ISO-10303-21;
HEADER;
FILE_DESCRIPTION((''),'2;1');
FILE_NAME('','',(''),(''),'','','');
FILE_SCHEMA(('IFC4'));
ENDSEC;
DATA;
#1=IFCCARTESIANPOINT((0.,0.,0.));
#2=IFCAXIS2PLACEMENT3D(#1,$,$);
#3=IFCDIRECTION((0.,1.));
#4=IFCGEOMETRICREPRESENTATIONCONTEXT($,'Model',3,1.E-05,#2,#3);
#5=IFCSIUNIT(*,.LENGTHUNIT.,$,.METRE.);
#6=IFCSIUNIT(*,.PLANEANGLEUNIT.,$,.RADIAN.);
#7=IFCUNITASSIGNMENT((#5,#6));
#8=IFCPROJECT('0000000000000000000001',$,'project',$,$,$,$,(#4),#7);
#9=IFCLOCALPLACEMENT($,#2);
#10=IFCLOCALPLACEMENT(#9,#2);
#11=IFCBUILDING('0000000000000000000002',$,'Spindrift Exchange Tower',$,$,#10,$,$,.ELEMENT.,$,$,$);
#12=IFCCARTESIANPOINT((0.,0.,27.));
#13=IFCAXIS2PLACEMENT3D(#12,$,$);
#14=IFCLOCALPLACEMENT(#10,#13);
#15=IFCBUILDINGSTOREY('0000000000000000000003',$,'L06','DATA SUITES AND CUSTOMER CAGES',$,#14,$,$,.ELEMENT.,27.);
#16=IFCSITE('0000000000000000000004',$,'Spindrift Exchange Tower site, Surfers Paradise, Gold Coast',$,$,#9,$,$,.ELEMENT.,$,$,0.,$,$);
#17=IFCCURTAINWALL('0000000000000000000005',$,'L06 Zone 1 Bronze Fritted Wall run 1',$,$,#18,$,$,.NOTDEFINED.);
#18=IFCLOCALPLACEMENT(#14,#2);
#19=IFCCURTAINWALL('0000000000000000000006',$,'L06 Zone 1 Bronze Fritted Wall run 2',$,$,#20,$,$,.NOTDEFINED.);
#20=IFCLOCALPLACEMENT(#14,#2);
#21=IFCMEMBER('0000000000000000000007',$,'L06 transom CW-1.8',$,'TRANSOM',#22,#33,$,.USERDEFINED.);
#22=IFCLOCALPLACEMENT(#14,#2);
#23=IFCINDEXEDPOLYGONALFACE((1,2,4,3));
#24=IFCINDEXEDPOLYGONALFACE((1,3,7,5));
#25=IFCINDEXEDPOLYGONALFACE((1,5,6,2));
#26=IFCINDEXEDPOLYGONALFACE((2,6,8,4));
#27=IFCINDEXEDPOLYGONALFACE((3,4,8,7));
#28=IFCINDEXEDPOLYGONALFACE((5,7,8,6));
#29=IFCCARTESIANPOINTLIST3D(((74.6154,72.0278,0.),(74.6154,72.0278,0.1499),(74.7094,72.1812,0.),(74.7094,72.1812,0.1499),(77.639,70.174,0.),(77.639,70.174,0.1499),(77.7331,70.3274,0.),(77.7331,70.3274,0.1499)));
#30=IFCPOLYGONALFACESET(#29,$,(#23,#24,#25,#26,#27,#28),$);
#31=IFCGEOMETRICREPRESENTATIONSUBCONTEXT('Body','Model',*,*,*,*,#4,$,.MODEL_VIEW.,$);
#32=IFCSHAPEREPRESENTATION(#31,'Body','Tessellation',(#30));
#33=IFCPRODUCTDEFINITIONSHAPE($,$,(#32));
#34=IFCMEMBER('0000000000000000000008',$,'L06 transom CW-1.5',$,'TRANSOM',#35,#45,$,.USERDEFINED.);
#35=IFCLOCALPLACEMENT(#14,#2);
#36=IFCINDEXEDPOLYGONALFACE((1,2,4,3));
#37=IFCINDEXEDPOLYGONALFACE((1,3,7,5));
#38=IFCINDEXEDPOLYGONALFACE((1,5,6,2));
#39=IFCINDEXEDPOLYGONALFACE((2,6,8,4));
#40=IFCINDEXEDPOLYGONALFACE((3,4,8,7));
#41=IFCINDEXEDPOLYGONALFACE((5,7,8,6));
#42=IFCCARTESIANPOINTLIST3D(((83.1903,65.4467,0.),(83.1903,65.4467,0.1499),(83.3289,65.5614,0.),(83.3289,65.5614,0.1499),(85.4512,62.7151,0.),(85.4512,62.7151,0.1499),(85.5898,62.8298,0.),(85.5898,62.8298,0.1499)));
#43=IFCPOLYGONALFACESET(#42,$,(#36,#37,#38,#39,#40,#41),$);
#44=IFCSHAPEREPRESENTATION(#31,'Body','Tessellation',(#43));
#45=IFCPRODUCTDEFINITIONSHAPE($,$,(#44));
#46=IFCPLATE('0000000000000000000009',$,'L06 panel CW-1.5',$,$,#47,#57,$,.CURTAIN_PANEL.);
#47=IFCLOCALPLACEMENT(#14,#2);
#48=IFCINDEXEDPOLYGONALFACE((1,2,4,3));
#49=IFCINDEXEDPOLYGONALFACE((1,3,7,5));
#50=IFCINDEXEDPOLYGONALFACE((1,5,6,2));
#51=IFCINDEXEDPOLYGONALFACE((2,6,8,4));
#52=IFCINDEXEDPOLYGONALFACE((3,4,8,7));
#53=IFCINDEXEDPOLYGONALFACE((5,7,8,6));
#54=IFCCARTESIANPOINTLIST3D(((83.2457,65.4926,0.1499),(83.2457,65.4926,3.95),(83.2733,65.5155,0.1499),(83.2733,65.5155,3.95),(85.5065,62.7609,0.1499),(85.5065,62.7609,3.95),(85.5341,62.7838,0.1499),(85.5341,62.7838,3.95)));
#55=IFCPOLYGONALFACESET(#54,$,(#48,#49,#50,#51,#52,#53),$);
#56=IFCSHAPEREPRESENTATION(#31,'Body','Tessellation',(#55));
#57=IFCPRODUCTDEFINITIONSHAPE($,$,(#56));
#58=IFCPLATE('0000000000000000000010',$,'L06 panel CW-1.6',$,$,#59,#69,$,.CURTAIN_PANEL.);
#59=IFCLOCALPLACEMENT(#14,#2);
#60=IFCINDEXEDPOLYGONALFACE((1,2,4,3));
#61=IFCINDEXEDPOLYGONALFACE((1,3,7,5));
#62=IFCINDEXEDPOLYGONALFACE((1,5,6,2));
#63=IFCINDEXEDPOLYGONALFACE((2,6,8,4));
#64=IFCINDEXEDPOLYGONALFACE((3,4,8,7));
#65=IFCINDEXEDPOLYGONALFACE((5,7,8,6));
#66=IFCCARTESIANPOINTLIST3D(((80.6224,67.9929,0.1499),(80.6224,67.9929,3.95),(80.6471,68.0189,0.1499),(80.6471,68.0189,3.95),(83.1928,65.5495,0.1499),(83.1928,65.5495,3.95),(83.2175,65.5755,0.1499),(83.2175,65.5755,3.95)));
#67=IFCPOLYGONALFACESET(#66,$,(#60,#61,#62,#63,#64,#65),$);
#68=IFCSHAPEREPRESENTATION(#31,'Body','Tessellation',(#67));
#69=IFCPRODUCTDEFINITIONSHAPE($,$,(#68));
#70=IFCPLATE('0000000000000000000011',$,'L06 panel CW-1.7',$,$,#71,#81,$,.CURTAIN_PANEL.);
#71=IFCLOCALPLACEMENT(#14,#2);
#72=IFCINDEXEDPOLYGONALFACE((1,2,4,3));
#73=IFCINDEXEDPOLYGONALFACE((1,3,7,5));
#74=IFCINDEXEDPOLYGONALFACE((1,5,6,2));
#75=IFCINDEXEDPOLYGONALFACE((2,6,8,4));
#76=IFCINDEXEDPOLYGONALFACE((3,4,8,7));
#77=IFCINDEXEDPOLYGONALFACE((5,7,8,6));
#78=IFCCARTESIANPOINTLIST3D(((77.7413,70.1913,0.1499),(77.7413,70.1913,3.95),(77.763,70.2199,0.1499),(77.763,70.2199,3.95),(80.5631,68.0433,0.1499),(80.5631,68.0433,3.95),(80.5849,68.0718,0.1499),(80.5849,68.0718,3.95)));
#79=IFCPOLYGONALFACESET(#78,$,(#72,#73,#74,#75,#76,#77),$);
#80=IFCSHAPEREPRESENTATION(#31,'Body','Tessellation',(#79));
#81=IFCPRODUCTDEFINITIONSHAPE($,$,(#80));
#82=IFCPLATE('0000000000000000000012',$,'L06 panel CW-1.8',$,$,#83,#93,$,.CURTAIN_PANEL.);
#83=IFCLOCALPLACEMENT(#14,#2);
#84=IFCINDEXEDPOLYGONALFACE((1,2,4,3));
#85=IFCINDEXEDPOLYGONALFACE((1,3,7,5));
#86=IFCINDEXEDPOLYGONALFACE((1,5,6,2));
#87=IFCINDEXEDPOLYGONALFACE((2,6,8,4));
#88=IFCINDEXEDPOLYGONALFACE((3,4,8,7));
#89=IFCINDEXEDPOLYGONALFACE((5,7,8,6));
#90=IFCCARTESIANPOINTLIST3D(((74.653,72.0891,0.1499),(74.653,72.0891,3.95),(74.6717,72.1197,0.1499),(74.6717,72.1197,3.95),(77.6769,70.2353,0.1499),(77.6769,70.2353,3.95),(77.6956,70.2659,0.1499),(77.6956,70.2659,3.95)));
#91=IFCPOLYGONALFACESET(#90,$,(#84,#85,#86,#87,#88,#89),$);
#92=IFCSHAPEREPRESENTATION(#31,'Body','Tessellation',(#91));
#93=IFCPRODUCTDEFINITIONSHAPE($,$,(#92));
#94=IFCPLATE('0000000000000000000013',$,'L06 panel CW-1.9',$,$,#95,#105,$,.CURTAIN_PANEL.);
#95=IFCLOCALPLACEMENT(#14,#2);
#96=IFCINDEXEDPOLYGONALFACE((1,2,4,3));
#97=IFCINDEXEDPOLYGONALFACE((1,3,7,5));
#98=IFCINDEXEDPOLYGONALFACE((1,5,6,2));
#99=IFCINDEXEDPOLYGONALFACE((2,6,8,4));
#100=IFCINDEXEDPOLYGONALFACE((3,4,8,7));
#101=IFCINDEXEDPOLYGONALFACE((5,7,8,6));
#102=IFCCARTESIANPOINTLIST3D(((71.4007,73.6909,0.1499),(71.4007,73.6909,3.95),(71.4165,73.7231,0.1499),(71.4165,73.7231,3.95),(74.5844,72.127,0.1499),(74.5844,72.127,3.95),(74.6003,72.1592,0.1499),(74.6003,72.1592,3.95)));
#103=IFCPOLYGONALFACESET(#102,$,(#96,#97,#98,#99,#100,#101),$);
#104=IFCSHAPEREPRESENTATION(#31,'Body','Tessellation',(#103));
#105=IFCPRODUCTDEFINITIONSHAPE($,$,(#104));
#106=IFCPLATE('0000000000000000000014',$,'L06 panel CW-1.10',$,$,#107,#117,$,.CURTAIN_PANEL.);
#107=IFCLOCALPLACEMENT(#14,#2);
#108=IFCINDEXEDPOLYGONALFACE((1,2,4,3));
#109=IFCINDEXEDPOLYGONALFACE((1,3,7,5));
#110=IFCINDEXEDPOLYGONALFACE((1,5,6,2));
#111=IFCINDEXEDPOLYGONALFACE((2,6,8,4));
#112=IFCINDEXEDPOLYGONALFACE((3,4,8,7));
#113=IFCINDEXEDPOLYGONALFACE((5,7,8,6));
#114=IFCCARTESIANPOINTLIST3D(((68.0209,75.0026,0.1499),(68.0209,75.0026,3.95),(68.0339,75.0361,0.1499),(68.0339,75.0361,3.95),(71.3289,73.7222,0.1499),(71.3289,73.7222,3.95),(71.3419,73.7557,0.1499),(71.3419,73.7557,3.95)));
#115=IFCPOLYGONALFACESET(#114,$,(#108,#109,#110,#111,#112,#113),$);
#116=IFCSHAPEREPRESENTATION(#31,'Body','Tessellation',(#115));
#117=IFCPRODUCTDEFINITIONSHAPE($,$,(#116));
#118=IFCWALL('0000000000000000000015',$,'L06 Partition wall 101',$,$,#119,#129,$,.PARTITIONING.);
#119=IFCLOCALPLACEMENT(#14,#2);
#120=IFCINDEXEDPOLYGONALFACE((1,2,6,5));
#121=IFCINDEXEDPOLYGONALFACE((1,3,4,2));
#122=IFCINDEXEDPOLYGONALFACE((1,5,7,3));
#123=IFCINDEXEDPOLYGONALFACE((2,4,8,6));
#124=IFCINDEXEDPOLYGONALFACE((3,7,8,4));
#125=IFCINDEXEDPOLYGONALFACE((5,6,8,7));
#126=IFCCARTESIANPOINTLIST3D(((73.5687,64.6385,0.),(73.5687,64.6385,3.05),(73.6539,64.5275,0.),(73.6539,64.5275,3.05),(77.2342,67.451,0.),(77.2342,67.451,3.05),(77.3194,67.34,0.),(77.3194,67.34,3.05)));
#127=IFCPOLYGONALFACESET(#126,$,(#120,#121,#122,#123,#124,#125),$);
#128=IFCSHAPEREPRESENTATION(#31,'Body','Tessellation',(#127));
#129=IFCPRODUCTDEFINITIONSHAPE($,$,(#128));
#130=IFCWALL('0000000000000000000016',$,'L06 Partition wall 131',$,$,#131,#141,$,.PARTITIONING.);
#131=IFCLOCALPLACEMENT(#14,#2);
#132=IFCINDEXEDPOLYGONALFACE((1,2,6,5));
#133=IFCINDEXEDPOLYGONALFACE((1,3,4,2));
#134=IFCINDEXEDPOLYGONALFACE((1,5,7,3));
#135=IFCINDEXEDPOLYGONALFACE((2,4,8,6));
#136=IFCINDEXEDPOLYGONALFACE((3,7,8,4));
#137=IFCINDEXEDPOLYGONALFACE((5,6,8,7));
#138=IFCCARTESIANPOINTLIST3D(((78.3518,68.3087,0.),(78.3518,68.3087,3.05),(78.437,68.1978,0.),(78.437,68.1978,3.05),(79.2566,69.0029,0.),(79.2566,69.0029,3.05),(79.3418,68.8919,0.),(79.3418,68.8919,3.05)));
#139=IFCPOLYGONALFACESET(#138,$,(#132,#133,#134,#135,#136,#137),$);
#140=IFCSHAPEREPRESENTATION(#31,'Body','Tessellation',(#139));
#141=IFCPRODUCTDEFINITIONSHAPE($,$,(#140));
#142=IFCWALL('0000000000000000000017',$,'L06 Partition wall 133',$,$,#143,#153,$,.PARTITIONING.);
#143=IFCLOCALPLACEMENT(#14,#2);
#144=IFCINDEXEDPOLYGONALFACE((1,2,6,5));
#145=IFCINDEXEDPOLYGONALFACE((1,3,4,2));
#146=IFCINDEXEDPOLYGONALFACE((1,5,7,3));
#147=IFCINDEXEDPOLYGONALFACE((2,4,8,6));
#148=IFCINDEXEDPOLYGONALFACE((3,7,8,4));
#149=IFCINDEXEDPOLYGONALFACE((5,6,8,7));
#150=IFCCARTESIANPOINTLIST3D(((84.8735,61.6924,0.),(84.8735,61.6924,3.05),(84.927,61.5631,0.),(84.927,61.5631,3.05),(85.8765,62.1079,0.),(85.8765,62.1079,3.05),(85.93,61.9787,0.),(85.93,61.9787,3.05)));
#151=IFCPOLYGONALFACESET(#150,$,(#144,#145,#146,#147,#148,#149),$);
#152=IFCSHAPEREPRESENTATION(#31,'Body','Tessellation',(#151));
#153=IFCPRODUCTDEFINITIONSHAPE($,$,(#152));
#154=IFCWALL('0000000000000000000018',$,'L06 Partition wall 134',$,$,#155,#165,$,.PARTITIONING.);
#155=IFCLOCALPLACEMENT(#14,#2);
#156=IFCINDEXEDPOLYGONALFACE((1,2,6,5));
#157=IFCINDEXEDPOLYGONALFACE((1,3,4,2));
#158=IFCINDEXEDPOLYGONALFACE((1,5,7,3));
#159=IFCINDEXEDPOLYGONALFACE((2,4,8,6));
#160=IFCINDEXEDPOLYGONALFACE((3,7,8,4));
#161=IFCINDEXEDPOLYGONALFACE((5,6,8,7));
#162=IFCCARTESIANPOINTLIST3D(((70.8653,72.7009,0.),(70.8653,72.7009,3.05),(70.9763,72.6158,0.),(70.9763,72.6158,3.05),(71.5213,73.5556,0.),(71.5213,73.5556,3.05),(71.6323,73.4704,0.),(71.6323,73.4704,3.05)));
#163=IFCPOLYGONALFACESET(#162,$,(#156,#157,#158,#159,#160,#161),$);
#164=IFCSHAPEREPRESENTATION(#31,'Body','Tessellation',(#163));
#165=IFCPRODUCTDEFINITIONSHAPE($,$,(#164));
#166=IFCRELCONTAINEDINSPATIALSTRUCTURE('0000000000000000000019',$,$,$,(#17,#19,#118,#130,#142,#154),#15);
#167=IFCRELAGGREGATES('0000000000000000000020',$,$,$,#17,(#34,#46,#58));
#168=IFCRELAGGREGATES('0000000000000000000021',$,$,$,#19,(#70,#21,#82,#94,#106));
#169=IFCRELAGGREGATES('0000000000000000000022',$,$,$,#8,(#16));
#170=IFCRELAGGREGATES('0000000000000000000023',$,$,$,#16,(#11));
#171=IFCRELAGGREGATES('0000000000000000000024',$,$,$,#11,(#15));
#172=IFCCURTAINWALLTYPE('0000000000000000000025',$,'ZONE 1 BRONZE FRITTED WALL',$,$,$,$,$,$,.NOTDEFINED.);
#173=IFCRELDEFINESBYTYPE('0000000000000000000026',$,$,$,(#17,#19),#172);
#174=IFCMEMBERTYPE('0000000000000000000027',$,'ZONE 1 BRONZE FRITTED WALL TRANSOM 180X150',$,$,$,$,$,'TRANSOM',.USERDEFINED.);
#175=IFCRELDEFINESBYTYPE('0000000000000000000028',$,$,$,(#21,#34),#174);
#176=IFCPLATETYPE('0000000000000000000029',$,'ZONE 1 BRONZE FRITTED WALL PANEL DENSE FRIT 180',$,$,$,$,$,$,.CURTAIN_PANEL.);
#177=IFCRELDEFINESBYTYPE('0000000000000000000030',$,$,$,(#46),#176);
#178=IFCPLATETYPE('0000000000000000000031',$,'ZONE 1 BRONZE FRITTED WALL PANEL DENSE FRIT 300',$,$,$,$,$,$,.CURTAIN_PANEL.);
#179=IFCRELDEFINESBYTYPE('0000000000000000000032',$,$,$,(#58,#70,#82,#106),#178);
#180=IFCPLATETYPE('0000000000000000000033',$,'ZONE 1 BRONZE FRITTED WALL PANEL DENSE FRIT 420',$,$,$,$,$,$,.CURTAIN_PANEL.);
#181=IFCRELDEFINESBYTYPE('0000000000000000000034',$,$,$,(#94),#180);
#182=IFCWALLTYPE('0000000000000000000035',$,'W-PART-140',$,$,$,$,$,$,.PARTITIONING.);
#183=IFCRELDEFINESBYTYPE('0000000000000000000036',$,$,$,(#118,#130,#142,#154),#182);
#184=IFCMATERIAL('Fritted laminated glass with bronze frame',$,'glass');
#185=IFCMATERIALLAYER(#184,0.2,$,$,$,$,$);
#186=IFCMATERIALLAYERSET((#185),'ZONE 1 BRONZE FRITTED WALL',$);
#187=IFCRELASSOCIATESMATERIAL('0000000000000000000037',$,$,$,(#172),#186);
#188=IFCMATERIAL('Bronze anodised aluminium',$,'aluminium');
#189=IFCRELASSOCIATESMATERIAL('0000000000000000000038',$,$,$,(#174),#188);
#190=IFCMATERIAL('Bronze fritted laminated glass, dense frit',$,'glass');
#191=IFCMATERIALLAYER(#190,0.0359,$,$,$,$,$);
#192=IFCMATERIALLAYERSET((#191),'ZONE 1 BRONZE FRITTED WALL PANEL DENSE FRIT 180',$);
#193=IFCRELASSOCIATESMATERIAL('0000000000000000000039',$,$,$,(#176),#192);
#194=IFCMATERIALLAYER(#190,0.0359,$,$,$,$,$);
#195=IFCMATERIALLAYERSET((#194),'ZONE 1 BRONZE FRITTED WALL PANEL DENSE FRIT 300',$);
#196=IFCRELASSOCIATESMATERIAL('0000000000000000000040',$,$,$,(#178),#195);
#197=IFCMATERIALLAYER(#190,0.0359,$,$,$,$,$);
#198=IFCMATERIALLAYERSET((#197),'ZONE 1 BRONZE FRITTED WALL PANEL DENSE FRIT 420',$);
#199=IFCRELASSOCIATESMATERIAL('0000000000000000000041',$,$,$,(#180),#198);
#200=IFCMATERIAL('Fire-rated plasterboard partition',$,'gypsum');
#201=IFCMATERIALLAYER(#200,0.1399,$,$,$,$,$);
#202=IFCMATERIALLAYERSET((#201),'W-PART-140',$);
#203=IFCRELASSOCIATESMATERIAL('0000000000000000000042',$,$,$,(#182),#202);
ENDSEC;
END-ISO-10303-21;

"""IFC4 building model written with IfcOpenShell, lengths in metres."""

from ifc_helpers import new_model, si_unit, direction, frame, frame_2d, origin, origin_2d, place, context, subcontext, project, spatial, rectangle, extrude, source, transform, mapped, material, layer, layer_set, material_profile, profile_set, type_object, element, aggregate, save


model = new_model("IFC4")

# Units and contexts
model_context = context("Model", 3, precision=1e-05, world=origin(), true_north=direction((0.0, 1.0)))
body_context = subcontext(model_context, "Body", "Model", "MODEL_VIEW")
ifc_project = project(units=[si_unit("LENGTHUNIT", "METRE"), si_unit("PLANEANGLEUNIT", "RADIAN")], contexts=[model_context])

# Site, building, storey
site_placement = place(None, origin())
site = spatial("IfcSite", under=ifc_project, at=site_placement, Name="Spindrift Exchange Tower site, Surfers Paradise, Gold Coast", CompositionType="ELEMENT", RefElevation=0.0)
building_placement = place(site_placement, origin())
building = spatial("IfcBuilding", under=site, at=building_placement, Name="Spindrift Exchange Tower", CompositionType="ELEMENT")
storey_placement = place(building_placement, frame((0.0, 0.0, 27.0)))
storey = spatial("IfcBuildingStorey", under=building, at=storey_placement, Name="L06", Description="DATA SUITES AND CUSTOMER CAGES", CompositionType="ELEMENT", Elevation=27.0)

# Curtain walls
ifc_material_1 = material(Name="Fritted laminated glass with bronze frame", Category="glass")
ifc_layer_1 = layer(ifc_material_1, 0.2)
ifc_layer_set_1 = layer_set([ifc_layer_1], Name="ZONE 1 BRONZE FRITTED WALL")
curtain_wall_type = type_object("IfcCurtainWallType", Name="ZONE 1 BRONZE FRITTED WALL", PredefinedType="NOTDEFINED", material=ifc_layer_set_1)
curtain_wall_1_placement = place(storey_placement, origin())
curtain_wall_1 = element("IfcCurtainWall", 1, at=curtain_wall_1_placement, inside=storey, type_object=curtain_wall_type, Name="L06 Zone 1 Bronze Fritted Wall run 1", PredefinedType="NOTDEFINED")
ifc_material_2 = material(Name="Bronze anodised aluminium", Category="aluminium")
curtain_wall_2_placement = place(storey_placement, origin())
curtain_wall_2 = element("IfcCurtainWall", 2, at=curtain_wall_2_placement, inside=storey, type_object=curtain_wall_type, Name="L06 Zone 1 Bronze Fritted Wall run 2", PredefinedType="NOTDEFINED")
ifc_material_profile_1 = material_profile(ifc_material_2, rectangle(XDim=0.1799, YDim=0.1499, at=origin_2d()), Name="ZONE 1 BRONZE FRITTED WALL TRANSOM 180X150")
ifc_profile_set_1 = profile_set([ifc_material_profile_1], Name="Bronze anodised aluminium")
member_type_1 = type_object("IfcMemberType", Name="ZONE 1 BRONZE FRITTED WALL TRANSOM 180X150", ElementType="TRANSOM", PredefinedType="USERDEFINED", material=ifc_profile_set_1)

# Members
shared_shape_1 = source(origin(), body_context, "Body", "SweptSolid", [
    extrude(rectangle(XDim=0.1799, YDim=0.1499, at=origin_2d()), origin(), (0.0, 0.0, 1.0), 3.5466),
])
member_1_placement = place(storey_placement, frame((77.686, 70.2507, 0.075), z_axis=(-0.852534, 0.522672, 0.0), x_axis=(-0.522672, -0.852534, 0.0)))
member_1 = element("IfcMember", 3, at=member_1_placement, type_object=member_type_1, Name="L06 transom CW-1.8", ObjectType="TRANSOM", PredefinedType="USERDEFINED", context=body_context, shape_type="MappedRepresentation", body=[
    mapped(shared_shape_1, transform((0.0, 0.0, 0.0), scale=1.0)),
])
shared_shape_2 = source(origin(), body_context, "Body", "SweptSolid", [
    extrude(rectangle(XDim=0.1799, YDim=0.1499, at=origin_2d()), origin(), (0.0, 0.0, 1.0), 3.5459),
])
member_2_placement = place(storey_placement, frame((85.5205, 62.7725, 0.075), z_axis=(-0.637614, 0.770356, 0.0), x_axis=(-0.770356, -0.637614, 0.0)))
member_2 = element("IfcMember", 4, at=member_2_placement, type_object=member_type_1, Name="L06 transom CW-1.5", ObjectType="TRANSOM", PredefinedType="USERDEFINED", context=body_context, shape_type="MappedRepresentation", body=[
    mapped(shared_shape_2, transform((0.0, 0.0, 0.0), scale=1.0)),
])

# Plates
ifc_material_3 = material(Name="Bronze fritted laminated glass, dense frit", Category="glass")
ifc_layer_2 = layer(ifc_material_3, 0.0359)
ifc_layer_set_2 = layer_set([ifc_layer_2], Name="ZONE 1 BRONZE FRITTED WALL PANEL DENSE FRIT 180")
plate_type_1 = type_object("IfcPlateType", Name="ZONE 1 BRONZE FRITTED WALL PANEL DENSE FRIT 180", PredefinedType="CURTAIN_PANEL", material=ifc_layer_set_2)
shared_shape_3 = source(origin(), body_context, "Body", "SweptSolid", [
    extrude(rectangle(XDim=3.5459, YDim=0.0359, at=origin_2d()), origin(), (0.0, 0.0, 1.0), 3.8),
])
plate_1_placement = place(storey_placement, frame((84.3899, 64.1382, 0.1499), z_axis=(0.0, 0.0, 1.0), x_axis=(-0.637584, 0.770381, 0.0)))
plate_1 = element("IfcPlate", 5, at=plate_1_placement, type_object=plate_type_1, Name="L06 panel CW-1.5", PredefinedType="CURTAIN_PANEL", context=body_context, shape_type="MappedRepresentation", body=[
    mapped(shared_shape_3, transform((0.0, 0.0, 0.0), scale=1.0)),
])
ifc_layer_3 = layer(ifc_material_3, 0.0359)
ifc_layer_set_3 = layer_set([ifc_layer_3], Name="ZONE 1 BRONZE FRITTED WALL PANEL DENSE FRIT 300")
plate_type_2 = type_object("IfcPlateType", Name="ZONE 1 BRONZE FRITTED WALL PANEL DENSE FRIT 300", PredefinedType="CURTAIN_PANEL", material=ifc_layer_set_3)
shared_shape_4 = source(origin(), body_context, "Body", "SweptSolid", [
    extrude(rectangle(XDim=3.5464, YDim=0.0359, at=origin_2d()), origin(), (0.0, 0.0, 1.0), 3.8),
])
plate_2_placement = place(storey_placement, frame((81.9199, 66.7842, 0.1499), z_axis=(0.0, 0.0, 1.0), x_axis=(-0.72479, 0.68897, 0.0)))
plate_2 = element("IfcPlate", 6, at=plate_2_placement, type_object=plate_type_2, Name="L06 panel CW-1.6", PredefinedType="CURTAIN_PANEL", context=body_context, shape_type="MappedRepresentation", body=[
    mapped(shared_shape_4, transform((0.0, 0.0, 0.0), scale=1.0)),
])
aggregate(curtain_wall_1, [member_2, plate_1, plate_2])
plate_3_placement = place(storey_placement, frame((79.1631, 69.1316, 0.1499), z_axis=(0.0, 0.0, 1.0), x_axis=(-0.795691, 0.605702, 0.0)))
plate_3 = element("IfcPlate", 7, at=plate_3_placement, type_object=plate_type_2, Name="L06 panel CW-1.7", PredefinedType="CURTAIN_PANEL", context=body_context, shape_type="MappedRepresentation", body=[
    mapped(shared_shape_4, transform((0.0, 0.0, 0.0), scale=1.0)),
])
shared_shape_5 = source(origin(), body_context, "Body", "SweptSolid", [
    extrude(rectangle(XDim=3.5469, YDim=0.0359, at=origin_2d()), origin(), (0.0, 0.0, 1.0), 3.8),
])
plate_4_placement = place(storey_placement, frame((76.1743, 71.1775, 0.1499), z_axis=(0.0, 0.0, 1.0), x_axis=(-0.852552, 0.522643, 0.0)))
plate_4 = element("IfcPlate", 8, at=plate_4_placement, type_object=plate_type_2, Name="L06 panel CW-1.8", PredefinedType="CURTAIN_PANEL", context=body_context, shape_type="MappedRepresentation", body=[
    mapped(shared_shape_5, transform((0.0, 0.0, 0.0), scale=1.0)),
])
ifc_layer_4 = layer(ifc_material_3, 0.0359)
ifc_layer_set_4 = layer_set([ifc_layer_4], Name="ZONE 1 BRONZE FRITTED WALL PANEL DENSE FRIT 420")
plate_type_3 = type_object("IfcPlateType", Name="ZONE 1 BRONZE FRITTED WALL PANEL DENSE FRIT 420", PredefinedType="CURTAIN_PANEL", material=ifc_layer_set_4)
shared_shape_6 = source(origin(), body_context, "Body", "SweptSolid", [
    extrude(rectangle(XDim=3.5471, YDim=0.0359, at=origin_2d()), origin(), (0.0, 0.0, 1.0), 3.8),
])
plate_5_placement = place(storey_placement, frame((73.0005, 72.925, 0.1499), z_axis=(0.0, 0.0, 1.0), x_axis=(-0.897548, 0.440917, 0.0)))
plate_5 = element("IfcPlate", 9, at=plate_5_placement, type_object=plate_type_3, Name="L06 panel CW-1.9", PredefinedType="CURTAIN_PANEL", context=body_context, shape_type="MappedRepresentation", body=[
    mapped(shared_shape_6, transform((0.0, 0.0, 0.0), scale=1.0)),
])
shared_shape_7 = source(origin(), body_context, "Body", "SweptSolid", [
    extrude(rectangle(XDim=3.5471, YDim=0.0359, at=origin_2d()), origin(), (0.0, 0.0, 1.0), 3.8),
])
plate_6_placement = place(storey_placement, frame((69.6814, 74.3792, 0.1499), z_axis=(0.0, 0.0, 1.0), x_axis=(-0.932577, 0.360972, 0.0)))
plate_6 = element("IfcPlate", 10, at=plate_6_placement, type_object=plate_type_2, Name="L06 panel CW-1.10", PredefinedType="CURTAIN_PANEL", context=body_context, shape_type="MappedRepresentation", body=[
    mapped(shared_shape_7, transform((0.0, 0.0, 0.0), scale=1.0)),
])
aggregate(curtain_wall_2, [plate_3, member_1, plate_4, plate_5, plate_6])

# Walls
ifc_material_4 = material(Name="Fire-rated plasterboard partition", Category="gypsum")
ifc_layer_5 = layer(ifc_material_4, 0.1399)
ifc_layer_set_5 = layer_set([ifc_layer_5], Name="W-PART-140")
wall_type_1 = type_object("IfcWallType", Name="W-PART-140", PredefinedType="PARTITIONING", material=ifc_layer_set_5)
wall_1_placement = place(storey_placement, frame((73.6113, 64.583, 0.0), z_axis=(0.0, 0.0, 1.0), x_axis=(0.79337, 0.60874, 0.0)))
element("IfcWall", 11, at=wall_1_placement, inside=storey, type_object=wall_type_1, Name="L06 Partition wall 101", PredefinedType="PARTITIONING", context=body_context, shape_type="SweptSolid", body=[
    extrude(rectangle(XDim=4.6201, YDim=0.1399, at=frame_2d((2.3101, 0.0))), origin(), (0.0, 0.0, 1.0), 3.05),
])
wall_2_placement = place(storey_placement, frame((78.3943, 68.2532, 0.0), z_axis=(0.0, 0.0, 1.0), x_axis=(0.793427, 0.608665, 0.0)))
element("IfcWall", 12, at=wall_2_placement, inside=storey, type_object=wall_type_1, Name="L06 Partition wall 131", PredefinedType="PARTITIONING", context=body_context, shape_type="SweptSolid", body=[
    extrude(rectangle(XDim=1.1404, YDim=0.1399, at=frame_2d((0.5703, 0.0))), origin(), (0.0, 0.0, 1.0), 3.05),
])
wall_3_placement = place(storey_placement, frame((84.9001, 61.6277, 0.0), z_axis=(0.0, 0.0, 1.0), x_axis=(0.923847, 0.382762, 0.0)))
element("IfcWall", 13, at=wall_3_placement, inside=storey, type_object=wall_type_1, Name="L06 Partition wall 133", PredefinedType="PARTITIONING", context=body_context, shape_type="SweptSolid", body=[
    extrude(rectangle(XDim=1.0857, YDim=0.1399, at=frame_2d((0.543, 0.0))), origin(), (0.0, 0.0, 1.0), 3.05),
])
wall_4_placement = place(storey_placement, frame((70.9209, 72.6584, 0.0), z_axis=(0.0, 0.0, 1.0), x_axis=(0.608845, 0.793289, 0.0)))
element("IfcWall", 14, at=wall_4_placement, inside=storey, type_object=wall_type_1, Name="L06 Partition wall 134", PredefinedType="PARTITIONING", context=body_context, shape_type="SweptSolid", body=[
    extrude(rectangle(XDim=1.0774, YDim=0.1399, at=frame_2d((0.5386, 0.0))), origin(), (0.0, 0.0, 1.0), 3.05),
])

save(model, "model.ifc")
